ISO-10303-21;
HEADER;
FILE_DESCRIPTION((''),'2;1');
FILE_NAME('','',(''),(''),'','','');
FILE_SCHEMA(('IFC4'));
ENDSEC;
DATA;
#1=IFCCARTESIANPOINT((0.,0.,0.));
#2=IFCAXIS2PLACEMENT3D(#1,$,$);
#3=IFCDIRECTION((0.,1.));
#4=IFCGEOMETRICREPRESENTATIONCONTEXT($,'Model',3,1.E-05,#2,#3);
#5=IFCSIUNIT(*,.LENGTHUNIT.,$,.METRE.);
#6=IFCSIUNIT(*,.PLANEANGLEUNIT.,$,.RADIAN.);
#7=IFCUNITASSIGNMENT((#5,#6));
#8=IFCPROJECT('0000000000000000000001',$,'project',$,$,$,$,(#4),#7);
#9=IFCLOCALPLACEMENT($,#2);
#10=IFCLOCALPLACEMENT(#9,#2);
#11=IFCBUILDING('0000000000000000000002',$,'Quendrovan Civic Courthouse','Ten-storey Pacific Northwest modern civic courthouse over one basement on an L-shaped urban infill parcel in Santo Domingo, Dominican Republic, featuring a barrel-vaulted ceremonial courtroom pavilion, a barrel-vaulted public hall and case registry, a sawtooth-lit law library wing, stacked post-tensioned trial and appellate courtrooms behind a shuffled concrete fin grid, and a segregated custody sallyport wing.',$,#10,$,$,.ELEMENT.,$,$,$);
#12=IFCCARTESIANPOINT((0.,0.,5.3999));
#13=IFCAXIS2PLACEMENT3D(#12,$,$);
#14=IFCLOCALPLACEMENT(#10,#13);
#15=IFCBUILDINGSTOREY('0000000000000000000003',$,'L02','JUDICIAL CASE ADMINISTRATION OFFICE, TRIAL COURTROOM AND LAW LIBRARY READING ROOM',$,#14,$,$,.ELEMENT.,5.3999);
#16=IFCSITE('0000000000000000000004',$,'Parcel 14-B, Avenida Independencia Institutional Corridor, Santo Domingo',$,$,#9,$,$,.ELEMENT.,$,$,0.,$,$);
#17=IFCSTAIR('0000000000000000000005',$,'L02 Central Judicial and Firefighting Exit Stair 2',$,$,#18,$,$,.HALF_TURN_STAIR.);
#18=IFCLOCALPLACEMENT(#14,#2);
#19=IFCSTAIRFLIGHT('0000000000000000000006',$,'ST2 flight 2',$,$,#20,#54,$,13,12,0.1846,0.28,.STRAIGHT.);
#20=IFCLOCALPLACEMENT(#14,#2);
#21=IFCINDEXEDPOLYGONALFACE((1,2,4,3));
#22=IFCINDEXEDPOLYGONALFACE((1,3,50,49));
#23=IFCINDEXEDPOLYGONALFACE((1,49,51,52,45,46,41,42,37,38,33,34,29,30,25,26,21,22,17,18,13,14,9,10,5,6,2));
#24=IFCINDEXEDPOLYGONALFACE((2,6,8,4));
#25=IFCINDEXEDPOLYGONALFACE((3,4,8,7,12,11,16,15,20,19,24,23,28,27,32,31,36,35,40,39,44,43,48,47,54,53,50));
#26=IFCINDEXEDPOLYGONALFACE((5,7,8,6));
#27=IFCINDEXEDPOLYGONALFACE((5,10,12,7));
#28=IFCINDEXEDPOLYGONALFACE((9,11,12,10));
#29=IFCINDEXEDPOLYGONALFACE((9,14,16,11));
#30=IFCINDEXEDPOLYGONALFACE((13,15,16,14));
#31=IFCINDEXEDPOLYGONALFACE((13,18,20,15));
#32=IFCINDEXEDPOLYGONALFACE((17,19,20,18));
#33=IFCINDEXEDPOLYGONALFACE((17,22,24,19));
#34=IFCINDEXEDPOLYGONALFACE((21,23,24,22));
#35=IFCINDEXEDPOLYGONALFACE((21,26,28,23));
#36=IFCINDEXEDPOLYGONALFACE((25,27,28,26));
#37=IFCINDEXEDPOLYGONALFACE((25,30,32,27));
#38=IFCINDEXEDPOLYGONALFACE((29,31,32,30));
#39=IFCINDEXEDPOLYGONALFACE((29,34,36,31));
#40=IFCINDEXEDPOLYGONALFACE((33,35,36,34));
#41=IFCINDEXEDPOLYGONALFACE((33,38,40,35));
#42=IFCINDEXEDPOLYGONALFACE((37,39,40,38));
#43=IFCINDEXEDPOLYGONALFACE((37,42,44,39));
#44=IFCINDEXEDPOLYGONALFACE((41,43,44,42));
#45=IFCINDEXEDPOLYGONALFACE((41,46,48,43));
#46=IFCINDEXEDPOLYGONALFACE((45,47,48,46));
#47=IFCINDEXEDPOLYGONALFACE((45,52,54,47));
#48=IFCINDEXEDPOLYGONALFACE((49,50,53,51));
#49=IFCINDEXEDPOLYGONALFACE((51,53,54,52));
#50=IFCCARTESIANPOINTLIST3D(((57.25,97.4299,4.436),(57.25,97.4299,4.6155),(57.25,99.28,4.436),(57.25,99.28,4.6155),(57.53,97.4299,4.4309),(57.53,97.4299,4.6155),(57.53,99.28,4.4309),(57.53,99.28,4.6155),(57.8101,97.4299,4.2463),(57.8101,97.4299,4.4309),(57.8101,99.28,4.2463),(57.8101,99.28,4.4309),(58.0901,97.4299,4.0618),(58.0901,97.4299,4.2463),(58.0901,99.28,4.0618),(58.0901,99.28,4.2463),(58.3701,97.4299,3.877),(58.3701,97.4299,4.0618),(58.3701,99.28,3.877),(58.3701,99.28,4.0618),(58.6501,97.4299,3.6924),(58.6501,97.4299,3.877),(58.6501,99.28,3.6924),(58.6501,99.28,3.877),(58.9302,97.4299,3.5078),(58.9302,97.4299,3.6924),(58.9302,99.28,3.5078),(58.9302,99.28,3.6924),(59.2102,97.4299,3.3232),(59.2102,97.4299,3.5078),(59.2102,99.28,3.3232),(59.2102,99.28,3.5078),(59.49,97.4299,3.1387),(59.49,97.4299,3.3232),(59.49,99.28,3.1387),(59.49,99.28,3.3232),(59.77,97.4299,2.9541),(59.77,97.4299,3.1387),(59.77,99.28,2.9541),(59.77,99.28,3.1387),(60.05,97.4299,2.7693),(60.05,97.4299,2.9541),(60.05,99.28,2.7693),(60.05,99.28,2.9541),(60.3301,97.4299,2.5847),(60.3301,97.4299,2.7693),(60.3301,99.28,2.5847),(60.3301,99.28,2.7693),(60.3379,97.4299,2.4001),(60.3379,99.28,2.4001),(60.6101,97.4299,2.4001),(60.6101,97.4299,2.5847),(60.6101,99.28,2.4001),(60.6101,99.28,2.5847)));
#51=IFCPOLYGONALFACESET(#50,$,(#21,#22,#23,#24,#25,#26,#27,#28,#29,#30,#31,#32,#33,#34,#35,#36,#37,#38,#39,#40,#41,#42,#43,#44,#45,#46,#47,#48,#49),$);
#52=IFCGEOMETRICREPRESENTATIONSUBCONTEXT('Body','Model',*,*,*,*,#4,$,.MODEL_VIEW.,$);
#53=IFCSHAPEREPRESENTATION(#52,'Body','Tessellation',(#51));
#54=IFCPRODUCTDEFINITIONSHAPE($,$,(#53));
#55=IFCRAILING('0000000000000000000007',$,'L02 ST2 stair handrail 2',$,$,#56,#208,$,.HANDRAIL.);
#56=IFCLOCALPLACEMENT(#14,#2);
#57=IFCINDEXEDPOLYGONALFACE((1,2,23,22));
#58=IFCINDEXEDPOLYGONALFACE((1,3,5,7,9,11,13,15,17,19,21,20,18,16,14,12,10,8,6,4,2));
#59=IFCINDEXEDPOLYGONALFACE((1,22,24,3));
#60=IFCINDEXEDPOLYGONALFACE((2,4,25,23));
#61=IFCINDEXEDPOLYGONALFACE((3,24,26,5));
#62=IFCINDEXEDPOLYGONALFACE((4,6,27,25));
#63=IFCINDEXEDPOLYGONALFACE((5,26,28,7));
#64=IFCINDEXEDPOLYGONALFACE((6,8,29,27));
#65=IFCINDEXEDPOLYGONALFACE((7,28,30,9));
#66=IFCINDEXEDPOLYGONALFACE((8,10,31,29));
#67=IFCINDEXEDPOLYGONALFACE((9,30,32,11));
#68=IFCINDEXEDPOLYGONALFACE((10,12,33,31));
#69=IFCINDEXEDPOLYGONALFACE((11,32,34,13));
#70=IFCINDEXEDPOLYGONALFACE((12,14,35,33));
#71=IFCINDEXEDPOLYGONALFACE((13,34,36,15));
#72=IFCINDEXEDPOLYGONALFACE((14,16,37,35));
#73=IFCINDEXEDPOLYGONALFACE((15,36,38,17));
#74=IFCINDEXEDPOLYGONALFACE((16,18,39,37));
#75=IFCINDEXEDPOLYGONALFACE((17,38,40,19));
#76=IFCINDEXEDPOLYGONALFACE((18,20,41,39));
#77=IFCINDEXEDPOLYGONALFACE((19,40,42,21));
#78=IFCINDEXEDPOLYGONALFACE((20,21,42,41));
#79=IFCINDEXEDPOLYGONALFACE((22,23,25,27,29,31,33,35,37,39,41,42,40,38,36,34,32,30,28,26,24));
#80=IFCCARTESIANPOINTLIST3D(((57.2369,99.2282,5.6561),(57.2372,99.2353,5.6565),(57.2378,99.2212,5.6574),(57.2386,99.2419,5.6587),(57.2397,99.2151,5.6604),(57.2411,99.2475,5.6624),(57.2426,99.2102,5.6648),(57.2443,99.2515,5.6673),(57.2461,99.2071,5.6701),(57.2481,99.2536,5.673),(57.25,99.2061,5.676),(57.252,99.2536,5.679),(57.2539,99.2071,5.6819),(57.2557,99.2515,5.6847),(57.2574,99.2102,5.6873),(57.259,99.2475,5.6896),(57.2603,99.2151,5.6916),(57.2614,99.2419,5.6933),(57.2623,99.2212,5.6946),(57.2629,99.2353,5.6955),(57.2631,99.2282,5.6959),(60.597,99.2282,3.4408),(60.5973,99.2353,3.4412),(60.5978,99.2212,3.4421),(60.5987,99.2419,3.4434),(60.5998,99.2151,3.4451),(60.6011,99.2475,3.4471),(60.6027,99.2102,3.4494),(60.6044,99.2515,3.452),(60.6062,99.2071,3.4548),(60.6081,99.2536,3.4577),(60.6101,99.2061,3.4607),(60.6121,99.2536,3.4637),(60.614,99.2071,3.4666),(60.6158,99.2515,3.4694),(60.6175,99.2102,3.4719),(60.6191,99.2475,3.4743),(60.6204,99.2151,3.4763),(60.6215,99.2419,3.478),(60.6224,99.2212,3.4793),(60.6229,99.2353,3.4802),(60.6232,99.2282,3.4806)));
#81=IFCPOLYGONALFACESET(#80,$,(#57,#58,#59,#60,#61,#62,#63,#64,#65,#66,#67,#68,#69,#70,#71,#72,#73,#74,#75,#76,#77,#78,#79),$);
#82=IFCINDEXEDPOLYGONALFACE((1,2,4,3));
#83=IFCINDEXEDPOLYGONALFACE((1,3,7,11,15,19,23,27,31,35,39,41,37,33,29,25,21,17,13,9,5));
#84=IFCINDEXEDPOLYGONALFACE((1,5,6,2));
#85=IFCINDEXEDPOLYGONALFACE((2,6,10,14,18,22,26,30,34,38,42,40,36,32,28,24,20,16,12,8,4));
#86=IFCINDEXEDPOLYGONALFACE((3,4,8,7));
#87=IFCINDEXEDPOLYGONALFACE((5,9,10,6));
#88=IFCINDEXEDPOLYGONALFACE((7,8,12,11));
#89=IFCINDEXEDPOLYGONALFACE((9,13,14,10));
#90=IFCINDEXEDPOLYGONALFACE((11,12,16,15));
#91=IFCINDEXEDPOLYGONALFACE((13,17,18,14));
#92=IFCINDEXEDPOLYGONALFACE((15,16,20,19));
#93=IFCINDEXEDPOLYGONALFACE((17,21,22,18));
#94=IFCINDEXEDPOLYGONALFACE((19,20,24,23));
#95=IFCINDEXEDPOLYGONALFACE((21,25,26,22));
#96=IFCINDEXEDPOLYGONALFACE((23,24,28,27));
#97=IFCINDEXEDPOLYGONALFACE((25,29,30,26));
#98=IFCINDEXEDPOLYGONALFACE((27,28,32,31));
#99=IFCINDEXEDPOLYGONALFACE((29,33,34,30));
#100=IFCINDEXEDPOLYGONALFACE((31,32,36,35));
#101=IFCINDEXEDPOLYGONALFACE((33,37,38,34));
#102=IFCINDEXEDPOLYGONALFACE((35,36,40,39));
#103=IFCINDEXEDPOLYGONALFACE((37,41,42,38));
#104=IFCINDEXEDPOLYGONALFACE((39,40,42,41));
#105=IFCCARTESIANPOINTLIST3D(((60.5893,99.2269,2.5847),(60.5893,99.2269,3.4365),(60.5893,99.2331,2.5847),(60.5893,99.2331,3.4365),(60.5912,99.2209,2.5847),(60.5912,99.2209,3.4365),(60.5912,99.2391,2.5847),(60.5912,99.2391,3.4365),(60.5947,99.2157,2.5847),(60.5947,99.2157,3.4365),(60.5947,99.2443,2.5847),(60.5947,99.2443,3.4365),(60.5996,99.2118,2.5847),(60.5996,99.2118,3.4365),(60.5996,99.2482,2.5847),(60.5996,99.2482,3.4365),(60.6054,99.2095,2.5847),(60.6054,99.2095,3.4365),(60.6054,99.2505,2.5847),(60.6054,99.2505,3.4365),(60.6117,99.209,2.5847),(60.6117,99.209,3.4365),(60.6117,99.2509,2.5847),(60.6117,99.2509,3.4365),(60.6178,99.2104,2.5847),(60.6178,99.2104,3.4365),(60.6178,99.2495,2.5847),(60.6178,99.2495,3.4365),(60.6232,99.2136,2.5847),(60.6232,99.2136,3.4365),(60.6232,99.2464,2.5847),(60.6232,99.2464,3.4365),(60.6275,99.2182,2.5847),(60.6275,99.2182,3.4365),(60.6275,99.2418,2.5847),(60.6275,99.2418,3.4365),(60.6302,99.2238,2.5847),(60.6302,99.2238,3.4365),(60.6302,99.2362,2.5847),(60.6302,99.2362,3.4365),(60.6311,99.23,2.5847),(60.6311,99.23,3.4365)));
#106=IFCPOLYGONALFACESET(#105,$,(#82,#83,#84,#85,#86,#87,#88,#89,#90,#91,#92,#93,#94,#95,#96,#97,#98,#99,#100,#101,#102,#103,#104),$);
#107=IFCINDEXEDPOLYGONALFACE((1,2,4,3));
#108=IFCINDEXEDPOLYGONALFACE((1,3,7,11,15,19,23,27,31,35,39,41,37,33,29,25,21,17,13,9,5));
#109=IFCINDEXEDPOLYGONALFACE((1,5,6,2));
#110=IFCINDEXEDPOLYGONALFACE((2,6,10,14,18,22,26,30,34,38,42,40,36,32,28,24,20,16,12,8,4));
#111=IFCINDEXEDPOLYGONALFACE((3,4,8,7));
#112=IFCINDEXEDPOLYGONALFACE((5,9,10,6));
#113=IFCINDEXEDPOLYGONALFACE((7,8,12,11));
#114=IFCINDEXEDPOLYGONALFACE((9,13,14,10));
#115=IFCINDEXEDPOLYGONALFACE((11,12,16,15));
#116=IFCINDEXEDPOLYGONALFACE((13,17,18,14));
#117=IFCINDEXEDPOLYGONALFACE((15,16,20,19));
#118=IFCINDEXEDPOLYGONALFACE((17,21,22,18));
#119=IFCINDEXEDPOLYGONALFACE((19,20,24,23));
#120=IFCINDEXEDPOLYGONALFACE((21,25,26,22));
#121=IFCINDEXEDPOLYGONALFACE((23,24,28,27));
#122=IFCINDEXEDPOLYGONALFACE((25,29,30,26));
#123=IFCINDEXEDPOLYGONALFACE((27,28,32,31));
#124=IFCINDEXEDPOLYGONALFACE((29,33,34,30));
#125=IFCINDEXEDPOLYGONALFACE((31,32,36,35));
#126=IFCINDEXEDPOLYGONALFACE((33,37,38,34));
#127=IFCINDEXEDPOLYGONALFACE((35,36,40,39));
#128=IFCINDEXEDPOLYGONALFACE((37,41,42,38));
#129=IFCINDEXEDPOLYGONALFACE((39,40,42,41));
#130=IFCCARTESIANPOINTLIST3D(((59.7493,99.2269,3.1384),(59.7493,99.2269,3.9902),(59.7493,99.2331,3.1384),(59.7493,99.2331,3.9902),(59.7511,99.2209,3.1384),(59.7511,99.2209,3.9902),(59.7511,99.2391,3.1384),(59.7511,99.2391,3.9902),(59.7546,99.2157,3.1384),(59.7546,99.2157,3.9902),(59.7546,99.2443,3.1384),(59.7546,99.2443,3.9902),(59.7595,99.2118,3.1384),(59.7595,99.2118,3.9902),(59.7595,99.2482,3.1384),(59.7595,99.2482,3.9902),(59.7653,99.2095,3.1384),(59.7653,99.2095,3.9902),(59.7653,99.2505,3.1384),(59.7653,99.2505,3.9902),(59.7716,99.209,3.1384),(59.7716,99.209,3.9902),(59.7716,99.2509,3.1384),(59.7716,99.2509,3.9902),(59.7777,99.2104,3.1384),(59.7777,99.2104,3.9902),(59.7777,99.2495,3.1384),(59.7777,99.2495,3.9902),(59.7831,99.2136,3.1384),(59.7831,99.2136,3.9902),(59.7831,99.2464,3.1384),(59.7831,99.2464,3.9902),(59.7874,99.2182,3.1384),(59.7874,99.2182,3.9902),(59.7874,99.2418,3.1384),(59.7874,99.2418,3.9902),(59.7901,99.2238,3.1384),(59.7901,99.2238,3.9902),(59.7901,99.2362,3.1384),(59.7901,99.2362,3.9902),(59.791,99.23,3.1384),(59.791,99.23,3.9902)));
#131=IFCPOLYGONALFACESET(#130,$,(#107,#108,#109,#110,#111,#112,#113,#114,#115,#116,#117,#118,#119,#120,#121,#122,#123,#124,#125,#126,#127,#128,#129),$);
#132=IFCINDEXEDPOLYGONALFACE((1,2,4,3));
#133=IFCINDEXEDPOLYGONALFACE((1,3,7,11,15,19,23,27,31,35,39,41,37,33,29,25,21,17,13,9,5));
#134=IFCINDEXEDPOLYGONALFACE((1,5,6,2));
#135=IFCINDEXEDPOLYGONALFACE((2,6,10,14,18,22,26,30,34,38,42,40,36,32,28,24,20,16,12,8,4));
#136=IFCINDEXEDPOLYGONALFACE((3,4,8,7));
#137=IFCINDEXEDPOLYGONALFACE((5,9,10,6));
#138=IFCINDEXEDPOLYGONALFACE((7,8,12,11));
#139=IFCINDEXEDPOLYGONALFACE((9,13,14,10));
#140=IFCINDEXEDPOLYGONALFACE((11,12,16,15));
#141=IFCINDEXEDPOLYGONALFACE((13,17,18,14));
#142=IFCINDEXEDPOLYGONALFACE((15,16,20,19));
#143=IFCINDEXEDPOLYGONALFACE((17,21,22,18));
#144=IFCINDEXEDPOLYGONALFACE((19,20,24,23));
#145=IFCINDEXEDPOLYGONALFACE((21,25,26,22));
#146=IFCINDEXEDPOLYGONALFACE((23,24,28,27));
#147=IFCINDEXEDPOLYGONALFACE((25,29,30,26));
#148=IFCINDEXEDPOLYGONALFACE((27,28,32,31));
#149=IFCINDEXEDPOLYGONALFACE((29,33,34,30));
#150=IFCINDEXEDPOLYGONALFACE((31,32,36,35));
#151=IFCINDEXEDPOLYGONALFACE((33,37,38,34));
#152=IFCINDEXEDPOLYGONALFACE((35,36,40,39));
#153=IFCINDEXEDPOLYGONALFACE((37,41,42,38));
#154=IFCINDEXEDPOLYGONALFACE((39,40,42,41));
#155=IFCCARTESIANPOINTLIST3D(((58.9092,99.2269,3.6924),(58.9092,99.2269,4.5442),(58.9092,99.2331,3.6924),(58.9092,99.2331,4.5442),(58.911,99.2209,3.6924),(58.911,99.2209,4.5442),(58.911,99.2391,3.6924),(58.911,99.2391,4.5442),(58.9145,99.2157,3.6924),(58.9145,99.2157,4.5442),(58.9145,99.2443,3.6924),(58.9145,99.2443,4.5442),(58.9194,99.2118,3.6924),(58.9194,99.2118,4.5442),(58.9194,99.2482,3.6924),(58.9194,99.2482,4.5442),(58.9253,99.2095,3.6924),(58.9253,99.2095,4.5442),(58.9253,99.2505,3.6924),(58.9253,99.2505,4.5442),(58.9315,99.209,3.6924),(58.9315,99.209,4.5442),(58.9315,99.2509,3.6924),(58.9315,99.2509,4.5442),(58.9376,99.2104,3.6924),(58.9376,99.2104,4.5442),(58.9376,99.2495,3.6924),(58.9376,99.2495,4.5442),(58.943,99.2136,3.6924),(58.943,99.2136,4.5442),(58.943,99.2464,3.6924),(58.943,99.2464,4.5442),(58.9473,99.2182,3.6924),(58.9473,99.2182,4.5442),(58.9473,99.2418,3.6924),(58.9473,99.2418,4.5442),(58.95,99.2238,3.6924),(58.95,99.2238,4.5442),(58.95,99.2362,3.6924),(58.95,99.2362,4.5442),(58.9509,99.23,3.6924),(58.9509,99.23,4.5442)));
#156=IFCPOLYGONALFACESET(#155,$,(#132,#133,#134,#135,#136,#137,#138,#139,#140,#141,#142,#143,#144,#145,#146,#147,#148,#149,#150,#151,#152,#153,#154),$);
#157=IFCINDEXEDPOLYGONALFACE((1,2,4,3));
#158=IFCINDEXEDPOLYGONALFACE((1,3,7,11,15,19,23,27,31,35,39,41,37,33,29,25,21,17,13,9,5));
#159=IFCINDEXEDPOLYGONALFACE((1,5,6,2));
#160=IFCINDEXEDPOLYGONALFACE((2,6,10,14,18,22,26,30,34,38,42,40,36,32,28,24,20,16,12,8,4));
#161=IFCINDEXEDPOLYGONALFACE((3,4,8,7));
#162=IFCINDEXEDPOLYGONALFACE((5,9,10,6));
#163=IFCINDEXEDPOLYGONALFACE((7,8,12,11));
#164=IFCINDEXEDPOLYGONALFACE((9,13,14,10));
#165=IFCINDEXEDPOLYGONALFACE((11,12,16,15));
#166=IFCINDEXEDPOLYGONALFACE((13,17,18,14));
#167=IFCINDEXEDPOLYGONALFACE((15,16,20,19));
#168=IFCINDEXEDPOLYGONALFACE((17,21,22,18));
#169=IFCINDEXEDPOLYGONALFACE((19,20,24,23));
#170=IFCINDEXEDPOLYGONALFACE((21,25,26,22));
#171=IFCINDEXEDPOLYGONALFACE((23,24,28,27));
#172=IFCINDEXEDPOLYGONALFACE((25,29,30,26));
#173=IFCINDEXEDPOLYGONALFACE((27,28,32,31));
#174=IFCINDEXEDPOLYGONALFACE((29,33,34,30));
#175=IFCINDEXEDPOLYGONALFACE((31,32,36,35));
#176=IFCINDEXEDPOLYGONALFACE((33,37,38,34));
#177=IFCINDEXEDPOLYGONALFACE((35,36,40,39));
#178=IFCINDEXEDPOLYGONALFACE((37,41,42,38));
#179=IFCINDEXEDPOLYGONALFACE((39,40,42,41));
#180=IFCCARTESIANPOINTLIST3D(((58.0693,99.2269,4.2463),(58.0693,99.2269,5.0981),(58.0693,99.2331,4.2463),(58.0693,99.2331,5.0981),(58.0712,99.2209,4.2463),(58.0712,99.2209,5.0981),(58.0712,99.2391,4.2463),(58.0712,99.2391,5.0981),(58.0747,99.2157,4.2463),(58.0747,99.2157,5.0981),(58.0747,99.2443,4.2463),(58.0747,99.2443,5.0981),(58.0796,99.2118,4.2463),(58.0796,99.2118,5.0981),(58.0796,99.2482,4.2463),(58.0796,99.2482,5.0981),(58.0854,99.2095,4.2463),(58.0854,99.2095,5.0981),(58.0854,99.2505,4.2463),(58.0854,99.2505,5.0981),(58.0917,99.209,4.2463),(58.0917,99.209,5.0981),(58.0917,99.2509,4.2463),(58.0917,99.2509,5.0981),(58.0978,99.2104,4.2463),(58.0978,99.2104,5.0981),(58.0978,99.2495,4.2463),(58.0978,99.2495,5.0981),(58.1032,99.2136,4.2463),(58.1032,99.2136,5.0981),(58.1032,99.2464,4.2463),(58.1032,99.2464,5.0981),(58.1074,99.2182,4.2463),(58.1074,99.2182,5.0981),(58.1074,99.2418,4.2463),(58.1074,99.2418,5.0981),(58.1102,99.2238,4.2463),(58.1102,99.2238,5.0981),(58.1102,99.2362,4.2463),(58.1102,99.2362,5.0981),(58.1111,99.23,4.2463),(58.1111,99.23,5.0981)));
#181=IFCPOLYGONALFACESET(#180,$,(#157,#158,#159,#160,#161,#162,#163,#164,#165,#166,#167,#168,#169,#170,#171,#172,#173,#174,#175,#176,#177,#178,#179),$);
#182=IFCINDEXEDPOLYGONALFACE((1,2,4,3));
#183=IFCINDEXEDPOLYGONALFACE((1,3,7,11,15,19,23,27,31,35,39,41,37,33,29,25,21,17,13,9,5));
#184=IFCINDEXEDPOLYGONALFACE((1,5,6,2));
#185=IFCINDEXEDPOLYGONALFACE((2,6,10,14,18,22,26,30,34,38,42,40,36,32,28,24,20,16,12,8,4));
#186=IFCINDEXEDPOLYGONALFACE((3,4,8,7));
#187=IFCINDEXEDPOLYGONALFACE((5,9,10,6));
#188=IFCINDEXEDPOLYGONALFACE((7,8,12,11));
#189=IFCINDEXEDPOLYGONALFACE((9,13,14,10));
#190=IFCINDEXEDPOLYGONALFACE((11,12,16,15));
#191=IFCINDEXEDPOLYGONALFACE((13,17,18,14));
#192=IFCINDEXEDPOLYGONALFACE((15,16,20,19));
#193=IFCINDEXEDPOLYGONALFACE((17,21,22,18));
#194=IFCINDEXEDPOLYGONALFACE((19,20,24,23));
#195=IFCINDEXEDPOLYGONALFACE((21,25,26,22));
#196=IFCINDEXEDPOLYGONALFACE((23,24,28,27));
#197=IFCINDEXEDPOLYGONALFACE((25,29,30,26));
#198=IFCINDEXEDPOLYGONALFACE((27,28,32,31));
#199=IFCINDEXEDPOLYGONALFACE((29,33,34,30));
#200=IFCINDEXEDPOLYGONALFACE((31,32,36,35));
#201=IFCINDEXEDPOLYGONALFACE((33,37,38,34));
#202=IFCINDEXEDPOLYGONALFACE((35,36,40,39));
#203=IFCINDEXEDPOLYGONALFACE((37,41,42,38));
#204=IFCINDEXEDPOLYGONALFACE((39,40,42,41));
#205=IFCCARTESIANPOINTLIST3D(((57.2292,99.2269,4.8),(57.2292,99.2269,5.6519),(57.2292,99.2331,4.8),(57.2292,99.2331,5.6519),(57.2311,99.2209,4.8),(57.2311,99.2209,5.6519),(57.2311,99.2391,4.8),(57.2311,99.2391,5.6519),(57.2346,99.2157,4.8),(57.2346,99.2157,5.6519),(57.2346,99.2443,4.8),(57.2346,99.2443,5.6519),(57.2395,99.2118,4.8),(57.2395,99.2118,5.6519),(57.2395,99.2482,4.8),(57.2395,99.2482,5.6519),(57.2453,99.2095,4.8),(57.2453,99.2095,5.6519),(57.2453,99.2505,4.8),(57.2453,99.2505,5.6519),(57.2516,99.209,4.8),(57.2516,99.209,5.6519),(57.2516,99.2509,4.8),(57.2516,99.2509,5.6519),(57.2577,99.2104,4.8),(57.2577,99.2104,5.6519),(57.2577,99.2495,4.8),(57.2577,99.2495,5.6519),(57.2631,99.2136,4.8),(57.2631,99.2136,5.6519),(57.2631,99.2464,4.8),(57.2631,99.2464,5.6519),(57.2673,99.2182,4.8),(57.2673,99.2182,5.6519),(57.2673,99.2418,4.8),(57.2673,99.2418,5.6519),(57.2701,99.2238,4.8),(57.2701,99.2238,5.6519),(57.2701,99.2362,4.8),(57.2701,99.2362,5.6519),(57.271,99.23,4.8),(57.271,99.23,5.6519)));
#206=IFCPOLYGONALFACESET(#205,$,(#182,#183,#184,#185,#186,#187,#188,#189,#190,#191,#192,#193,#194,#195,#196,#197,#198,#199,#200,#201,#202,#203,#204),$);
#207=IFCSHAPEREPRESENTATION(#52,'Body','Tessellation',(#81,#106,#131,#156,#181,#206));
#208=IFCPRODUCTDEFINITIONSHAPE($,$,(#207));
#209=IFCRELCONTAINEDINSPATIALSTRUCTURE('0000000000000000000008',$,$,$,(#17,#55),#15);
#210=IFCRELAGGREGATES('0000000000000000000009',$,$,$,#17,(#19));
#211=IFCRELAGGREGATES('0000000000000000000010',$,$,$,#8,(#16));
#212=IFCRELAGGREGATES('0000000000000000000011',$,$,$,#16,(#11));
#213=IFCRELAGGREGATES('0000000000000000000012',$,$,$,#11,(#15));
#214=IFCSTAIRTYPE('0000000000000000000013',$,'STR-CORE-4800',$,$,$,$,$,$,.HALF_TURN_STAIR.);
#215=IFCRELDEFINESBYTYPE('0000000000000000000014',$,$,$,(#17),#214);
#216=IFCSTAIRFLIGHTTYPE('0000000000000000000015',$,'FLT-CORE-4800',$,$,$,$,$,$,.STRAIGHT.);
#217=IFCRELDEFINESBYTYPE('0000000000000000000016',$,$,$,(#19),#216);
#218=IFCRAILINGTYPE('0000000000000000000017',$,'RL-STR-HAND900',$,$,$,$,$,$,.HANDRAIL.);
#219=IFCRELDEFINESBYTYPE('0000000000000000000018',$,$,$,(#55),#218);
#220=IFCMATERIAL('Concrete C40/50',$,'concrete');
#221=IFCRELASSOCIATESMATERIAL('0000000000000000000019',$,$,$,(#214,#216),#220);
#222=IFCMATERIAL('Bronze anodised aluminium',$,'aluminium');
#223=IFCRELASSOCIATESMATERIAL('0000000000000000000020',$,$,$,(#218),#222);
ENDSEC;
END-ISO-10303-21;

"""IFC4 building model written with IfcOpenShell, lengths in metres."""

from ifc_helpers import new_model, si_unit, direction, frame, origin, origin_2d, place, context, subcontext, project, spatial, polyline, circle, outline, extrude, material, type_object, element, aggregate, save


model = new_model("IFC4")

# Units and contexts
model_context = context("Model", 3, precision=1e-05, world=origin(), true_north=direction((0.0, 1.0)))
body_context = subcontext(model_context, "Body", "Model", "MODEL_VIEW")
ifc_project = project(units=[si_unit("LENGTHUNIT", "METRE"), si_unit("PLANEANGLEUNIT", "RADIAN")], contexts=[model_context])

# Site, building, storey
site_placement = place(None, origin())
site = spatial("IfcSite", under=ifc_project, at=site_placement, Name="Parcel 14-B, Avenida Independencia Institutional Corridor, Santo Domingo", CompositionType="ELEMENT", RefElevation=0.0)
building_placement = place(site_placement, origin())
building = spatial("IfcBuilding", under=site, at=building_placement, Name="Quendrovan Civic Courthouse", Description="Ten-storey Pacific Northwest modern civic courthouse over one basement on an L-shaped urban infill parcel in Santo Domingo, Dominican Republic, featuring a barrel-vaulted ceremonial courtroom pavilion, a barrel-vaulted public hall and case registry, a sawtooth-lit law library wing, stacked post-tensioned trial and appellate courtrooms behind a shuffled concrete fin grid, and a segregated custody sallyport wing.", CompositionType="ELEMENT")
storey_placement = place(building_placement, frame((0.0, 0.0, 5.3999)))
storey = spatial("IfcBuildingStorey", under=building, at=storey_placement, Name="L02", Description="JUDICIAL CASE ADMINISTRATION OFFICE, TRIAL COURTROOM AND LAW LIBRARY READING ROOM", CompositionType="ELEMENT", Elevation=5.3999)

# Shared definitions
ifc_material_1 = material(Name="Concrete C40/50", Category="concrete")

# Stair, stair flight
stair_type = type_object("IfcStairType", Name="STR-CORE-4800", PredefinedType="HALF_TURN_STAIR", material=ifc_material_1)
stair_placement = place(storey_placement, origin())
stair = element("IfcStair", 1, at=stair_placement, inside=storey, type_object=stair_type, Name="L02 Central Judicial and Firefighting Exit Stair 2", PredefinedType="HALF_TURN_STAIR")
stair_flight_type = type_object("IfcStairFlightType", Name="FLT-CORE-4800", PredefinedType="STRAIGHT", material=ifc_material_1)
stair_flight_placement = place(storey_placement, frame((60.6101, 98.355, 2.4001), z_axis=(0.0, 0.0, 1.0), x_axis=(-1.0, 0.0, 0.0)))
stair_flight = element("IfcStairFlight", 2, at=stair_flight_placement, type_object=stair_flight_type, Name="ST2 flight 2", NumberOfRisers=13, NumberOfTreads=12, PredefinedType="STRAIGHT", RiserHeight=0.1846, TreadLength=0.28, context=body_context, shape_type="SweptSolid", body=[
    extrude(outline(polyline([(0.0, 0.0), (0.0, 0.1846), (0.28, 0.1846), (0.28, 0.3691), (0.5601, 0.3691), (0.5601, 0.554), (0.8401, 0.554), (0.8401, 0.7385), (1.1201, 0.7385), (1.1201, 0.9231), (1.3999, 0.9231), (1.3999, 1.1077), (1.6799, 1.1077), (1.6799, 1.2922), (1.96, 1.2922), (1.96, 1.4768), (2.24, 1.4768), (2.24, 1.6616), (2.52, 1.6616), (2.52, 1.8462), (2.8, 1.8462), (2.8, 2.0308), (3.0801, 2.0308), (3.0801, 2.2153), (3.3601, 2.2153), (3.3601, 2.3999), (3.3601, 2.0359), (0.2722, 0.0), (0.0, 0.0)])), frame((0.0, 0.925, 0.0), z_axis=(0.0, -1.0, 0.0), x_axis=(1.0, 0.0, 0.0)), (0.0, 0.0, 1.0), 1.8501),
])
aggregate(stair, [stair_flight])

# Railing
ifc_material_2 = material(Name="Bronze anodised aluminium", Category="aluminium")
railing_type = type_object("IfcRailingType", Name="RL-STR-HAND900", PredefinedType="HANDRAIL", material=ifc_material_2)
railing_placement = place(storey_placement, frame((60.6101, 99.23, 2.5847)))
element("IfcRailing", 3, at=railing_placement, inside=storey, type_object=railing_type, Name="L02 ST2 stair handrail 2", PredefinedType="HANDRAIL", context=body_context, shape_type="SweptSolid", body=[
    extrude(circle(Radius=0.0239, at=origin_2d()), frame((0.0, 0.0, 0.876), z_axis=(-0.834876, 0.0, 0.550437), x_axis=(0.0, -1.0, 0.0)), (0.0, 0.0, 1.0), 4.0247),
    extrude(circle(Radius=0.021, at=origin_2d()), origin(), (0.0, 0.0, 1.0), 0.8518),
    extrude(circle(Radius=0.021, at=origin_2d()), frame((-0.8401, 0.0, 0.5537)), (0.0, 0.0, 1.0), 0.8518),
    extrude(circle(Radius=0.021, at=origin_2d()), frame((-1.6802, 0.0, 1.1077)), (0.0, 0.0, 1.0), 0.8518),
    extrude(circle(Radius=0.021, at=origin_2d()), frame((-2.52, 0.0, 1.6616)), (0.0, 0.0, 1.0), 0.8518),
    extrude(circle(Radius=0.021, at=origin_2d()), frame((-3.3601, 0.0, 2.2153)), (0.0, 0.0, 1.0), 0.8518),
])

save(model, "model.ifc")
